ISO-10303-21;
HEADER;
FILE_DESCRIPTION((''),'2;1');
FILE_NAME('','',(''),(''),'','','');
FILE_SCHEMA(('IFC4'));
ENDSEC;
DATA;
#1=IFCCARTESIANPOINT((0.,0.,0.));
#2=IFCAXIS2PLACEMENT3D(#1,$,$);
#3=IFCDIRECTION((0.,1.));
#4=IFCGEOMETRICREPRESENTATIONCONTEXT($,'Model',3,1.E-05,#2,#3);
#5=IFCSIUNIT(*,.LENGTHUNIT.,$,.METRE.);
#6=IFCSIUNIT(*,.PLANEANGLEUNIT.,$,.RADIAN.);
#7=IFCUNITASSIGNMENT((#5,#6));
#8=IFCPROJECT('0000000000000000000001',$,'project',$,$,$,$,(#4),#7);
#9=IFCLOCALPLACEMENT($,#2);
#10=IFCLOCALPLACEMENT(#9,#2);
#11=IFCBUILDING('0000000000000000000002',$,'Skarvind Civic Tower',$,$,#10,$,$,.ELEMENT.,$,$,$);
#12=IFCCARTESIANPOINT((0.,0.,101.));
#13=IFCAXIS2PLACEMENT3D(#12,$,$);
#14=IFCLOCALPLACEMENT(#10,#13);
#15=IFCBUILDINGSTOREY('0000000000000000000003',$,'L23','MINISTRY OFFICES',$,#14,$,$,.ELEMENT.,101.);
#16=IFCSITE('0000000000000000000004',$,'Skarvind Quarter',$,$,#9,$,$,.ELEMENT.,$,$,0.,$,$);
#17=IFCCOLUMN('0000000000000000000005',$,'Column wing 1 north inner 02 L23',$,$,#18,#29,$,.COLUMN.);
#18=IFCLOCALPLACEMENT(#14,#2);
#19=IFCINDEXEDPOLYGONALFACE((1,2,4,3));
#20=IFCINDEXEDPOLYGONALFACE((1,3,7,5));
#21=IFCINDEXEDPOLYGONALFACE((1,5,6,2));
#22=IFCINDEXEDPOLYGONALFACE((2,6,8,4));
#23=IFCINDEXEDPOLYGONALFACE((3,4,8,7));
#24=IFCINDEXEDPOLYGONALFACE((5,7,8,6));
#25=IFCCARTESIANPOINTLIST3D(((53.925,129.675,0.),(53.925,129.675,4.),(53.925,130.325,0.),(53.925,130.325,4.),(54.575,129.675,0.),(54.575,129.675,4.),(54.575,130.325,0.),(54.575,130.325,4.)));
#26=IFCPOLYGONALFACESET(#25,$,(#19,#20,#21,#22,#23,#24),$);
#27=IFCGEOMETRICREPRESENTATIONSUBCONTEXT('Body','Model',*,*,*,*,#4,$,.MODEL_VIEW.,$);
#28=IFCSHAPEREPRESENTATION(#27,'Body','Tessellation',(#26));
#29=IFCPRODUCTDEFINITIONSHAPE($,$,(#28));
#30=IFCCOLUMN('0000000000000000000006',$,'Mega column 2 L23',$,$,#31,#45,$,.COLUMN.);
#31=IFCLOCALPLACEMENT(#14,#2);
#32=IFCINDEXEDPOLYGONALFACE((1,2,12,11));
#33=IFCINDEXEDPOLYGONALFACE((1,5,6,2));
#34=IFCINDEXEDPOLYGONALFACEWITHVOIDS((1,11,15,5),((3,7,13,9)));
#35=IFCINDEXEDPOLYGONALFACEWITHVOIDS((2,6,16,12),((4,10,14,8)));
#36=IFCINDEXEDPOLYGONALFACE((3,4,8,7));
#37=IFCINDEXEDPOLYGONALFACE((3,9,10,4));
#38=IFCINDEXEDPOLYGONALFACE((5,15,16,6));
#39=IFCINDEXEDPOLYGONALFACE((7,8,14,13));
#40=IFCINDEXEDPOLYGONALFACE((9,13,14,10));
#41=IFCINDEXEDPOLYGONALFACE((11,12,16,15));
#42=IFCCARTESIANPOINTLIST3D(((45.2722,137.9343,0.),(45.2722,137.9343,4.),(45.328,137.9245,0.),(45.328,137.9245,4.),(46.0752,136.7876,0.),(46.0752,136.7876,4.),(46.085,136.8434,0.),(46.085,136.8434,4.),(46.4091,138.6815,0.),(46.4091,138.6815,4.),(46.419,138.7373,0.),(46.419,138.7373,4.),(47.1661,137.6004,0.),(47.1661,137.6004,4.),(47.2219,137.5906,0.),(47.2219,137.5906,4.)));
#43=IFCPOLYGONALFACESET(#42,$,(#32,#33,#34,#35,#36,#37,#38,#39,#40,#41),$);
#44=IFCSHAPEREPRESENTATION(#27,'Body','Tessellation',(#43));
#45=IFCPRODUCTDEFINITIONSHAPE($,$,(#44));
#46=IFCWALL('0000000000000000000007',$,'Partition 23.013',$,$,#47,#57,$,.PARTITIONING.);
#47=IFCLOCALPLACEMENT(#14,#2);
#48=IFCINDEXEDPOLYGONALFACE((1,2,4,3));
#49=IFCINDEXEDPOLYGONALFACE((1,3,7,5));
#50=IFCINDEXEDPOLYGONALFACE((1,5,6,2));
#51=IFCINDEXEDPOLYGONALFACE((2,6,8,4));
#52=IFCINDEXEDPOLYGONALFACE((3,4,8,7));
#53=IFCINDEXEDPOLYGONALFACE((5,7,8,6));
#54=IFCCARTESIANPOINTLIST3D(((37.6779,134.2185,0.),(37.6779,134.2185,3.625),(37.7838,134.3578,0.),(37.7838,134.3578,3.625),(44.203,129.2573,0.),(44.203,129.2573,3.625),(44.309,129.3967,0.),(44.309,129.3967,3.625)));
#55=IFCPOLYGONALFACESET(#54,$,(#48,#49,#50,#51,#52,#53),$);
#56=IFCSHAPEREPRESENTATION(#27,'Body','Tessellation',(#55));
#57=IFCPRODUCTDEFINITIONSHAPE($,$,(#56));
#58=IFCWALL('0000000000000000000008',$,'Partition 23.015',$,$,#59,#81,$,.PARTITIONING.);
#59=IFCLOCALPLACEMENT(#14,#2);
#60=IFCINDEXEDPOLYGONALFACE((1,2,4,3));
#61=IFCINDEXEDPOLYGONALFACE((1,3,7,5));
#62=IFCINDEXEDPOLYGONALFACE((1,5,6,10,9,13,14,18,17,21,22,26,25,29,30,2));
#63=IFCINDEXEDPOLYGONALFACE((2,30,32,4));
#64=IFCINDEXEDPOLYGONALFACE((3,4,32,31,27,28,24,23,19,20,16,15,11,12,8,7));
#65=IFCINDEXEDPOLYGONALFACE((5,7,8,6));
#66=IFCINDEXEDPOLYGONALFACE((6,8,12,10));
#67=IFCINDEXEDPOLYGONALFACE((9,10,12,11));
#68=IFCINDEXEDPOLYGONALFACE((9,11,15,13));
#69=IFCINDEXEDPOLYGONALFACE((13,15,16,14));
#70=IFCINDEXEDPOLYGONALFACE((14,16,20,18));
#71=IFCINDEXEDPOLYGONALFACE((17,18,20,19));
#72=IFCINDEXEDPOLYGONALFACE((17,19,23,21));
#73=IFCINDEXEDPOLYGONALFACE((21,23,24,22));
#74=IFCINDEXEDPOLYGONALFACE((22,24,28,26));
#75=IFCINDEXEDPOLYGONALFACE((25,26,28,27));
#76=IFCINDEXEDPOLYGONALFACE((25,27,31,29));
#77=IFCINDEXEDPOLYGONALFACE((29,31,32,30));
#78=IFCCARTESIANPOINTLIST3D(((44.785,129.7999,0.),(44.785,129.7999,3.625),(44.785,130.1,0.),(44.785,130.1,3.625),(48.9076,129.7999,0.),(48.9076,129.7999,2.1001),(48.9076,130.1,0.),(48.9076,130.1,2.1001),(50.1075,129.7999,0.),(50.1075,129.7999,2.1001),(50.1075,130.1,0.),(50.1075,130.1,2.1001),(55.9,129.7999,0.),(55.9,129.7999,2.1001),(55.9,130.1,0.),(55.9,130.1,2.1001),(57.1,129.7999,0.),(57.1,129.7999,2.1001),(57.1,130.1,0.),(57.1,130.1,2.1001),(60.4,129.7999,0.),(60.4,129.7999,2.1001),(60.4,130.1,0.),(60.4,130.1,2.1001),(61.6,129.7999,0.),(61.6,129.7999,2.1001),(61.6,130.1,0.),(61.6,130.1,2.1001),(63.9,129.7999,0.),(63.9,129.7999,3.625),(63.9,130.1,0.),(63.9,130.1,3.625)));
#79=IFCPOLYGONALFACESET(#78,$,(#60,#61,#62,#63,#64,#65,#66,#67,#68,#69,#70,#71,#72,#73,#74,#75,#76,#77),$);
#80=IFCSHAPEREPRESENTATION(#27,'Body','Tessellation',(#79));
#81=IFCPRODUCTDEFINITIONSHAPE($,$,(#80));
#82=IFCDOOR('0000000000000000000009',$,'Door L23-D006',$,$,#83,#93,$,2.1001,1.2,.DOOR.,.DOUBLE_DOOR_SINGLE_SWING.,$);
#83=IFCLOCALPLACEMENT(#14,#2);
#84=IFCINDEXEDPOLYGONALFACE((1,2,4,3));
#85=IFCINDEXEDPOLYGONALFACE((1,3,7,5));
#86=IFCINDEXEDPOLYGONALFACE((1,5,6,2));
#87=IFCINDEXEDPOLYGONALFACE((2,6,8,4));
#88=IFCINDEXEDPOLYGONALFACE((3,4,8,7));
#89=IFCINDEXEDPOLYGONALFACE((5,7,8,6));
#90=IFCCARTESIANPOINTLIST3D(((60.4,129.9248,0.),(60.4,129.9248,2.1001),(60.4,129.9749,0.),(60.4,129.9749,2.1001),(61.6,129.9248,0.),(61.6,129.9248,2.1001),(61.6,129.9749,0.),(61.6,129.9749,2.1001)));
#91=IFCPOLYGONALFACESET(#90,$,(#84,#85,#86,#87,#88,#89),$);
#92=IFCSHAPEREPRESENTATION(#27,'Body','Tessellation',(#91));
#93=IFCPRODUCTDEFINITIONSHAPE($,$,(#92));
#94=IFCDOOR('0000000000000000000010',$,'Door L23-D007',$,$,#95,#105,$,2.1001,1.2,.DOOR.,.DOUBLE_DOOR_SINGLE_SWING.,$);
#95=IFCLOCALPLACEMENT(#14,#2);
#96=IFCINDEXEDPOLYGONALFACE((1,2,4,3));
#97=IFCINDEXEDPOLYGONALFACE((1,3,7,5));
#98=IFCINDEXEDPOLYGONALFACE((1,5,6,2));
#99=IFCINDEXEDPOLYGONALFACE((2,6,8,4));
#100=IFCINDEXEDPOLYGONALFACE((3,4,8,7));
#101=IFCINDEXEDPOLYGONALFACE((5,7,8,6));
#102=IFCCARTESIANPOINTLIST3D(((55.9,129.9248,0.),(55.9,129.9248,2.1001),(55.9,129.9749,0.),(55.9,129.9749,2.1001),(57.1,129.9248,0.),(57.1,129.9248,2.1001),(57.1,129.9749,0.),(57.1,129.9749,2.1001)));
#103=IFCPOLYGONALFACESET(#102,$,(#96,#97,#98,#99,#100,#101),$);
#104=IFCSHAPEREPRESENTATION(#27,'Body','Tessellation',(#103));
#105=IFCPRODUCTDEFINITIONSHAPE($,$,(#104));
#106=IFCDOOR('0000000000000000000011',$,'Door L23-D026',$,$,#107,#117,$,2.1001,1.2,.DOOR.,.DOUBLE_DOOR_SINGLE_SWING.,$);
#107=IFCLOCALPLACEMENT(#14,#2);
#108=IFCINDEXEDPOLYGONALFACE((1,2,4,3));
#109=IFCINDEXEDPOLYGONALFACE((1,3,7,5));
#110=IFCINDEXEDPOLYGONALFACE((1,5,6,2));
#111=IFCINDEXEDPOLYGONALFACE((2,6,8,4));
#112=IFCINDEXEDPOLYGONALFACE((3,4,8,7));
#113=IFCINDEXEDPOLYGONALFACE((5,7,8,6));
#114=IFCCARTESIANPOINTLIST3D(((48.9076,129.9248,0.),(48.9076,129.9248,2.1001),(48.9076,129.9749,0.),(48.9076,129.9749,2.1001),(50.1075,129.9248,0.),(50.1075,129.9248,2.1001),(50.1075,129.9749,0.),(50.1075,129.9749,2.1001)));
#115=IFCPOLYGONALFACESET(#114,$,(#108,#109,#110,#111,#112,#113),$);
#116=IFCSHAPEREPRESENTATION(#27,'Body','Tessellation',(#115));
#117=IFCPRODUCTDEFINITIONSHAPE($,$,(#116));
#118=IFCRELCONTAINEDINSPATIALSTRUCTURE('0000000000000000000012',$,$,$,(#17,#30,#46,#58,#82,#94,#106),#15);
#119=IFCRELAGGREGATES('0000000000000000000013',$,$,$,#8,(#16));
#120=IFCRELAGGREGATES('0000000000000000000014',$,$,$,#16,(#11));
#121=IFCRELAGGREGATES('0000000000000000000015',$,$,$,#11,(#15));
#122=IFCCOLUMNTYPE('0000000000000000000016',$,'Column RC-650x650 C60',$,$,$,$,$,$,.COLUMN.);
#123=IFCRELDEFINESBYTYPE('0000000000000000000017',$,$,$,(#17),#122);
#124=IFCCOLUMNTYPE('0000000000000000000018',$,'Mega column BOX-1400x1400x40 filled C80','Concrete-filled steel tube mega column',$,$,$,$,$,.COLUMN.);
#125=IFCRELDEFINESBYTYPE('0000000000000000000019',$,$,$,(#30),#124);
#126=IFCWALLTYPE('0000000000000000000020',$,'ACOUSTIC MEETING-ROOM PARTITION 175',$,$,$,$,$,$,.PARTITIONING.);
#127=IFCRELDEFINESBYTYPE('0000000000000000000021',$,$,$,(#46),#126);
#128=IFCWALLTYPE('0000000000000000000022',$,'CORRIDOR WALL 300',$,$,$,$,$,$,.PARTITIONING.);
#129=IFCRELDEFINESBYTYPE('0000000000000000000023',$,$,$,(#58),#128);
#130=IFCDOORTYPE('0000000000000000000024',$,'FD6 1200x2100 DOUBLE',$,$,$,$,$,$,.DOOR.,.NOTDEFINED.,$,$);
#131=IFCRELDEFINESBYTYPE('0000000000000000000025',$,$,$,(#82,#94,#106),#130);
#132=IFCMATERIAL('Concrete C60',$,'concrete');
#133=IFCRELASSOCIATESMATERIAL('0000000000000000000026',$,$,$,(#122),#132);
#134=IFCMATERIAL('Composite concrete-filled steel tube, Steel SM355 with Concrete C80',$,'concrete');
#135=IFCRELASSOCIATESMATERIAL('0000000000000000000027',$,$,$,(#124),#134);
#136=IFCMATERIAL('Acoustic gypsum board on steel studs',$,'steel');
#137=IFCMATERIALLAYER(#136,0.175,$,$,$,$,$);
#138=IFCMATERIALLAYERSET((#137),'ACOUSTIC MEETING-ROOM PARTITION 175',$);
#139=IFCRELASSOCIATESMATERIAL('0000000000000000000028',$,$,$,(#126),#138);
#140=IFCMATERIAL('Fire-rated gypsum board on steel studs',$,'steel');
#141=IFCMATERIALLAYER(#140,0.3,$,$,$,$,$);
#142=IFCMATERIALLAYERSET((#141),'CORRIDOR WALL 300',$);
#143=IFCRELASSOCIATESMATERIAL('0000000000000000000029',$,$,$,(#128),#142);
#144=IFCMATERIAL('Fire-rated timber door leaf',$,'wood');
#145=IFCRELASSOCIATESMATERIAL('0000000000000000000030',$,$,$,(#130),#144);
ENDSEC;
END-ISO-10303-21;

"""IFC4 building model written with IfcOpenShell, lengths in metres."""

from ifc_helpers import new_model, si_unit, direction, frame, frame_2d, origin, origin_2d, place, context, subcontext, project, spatial, rectangle, hollow_rectangle, extrude, material, layer, layer_set, material_profile, profile_set, type_object, element, fill, save


model = new_model("IFC4")

# Units and contexts
model_context = context("Model", 3, precision=1e-05, world=origin(), true_north=direction((0.0, 1.0)))
body_context = subcontext(model_context, "Body", "Model", "MODEL_VIEW")
ifc_project = project(units=[si_unit("LENGTHUNIT", "METRE"), si_unit("PLANEANGLEUNIT", "RADIAN")], contexts=[model_context])

# Site, building, storey
site_placement = place(None, origin())
site = spatial("IfcSite", under=ifc_project, at=site_placement, Name="Skarvind Quarter", CompositionType="ELEMENT", RefElevation=0.0)
building_placement = place(site_placement, origin())
building = spatial("IfcBuilding", under=site, at=building_placement, Name="Skarvind Civic Tower", CompositionType="ELEMENT")
storey_placement = place(building_placement, frame((0.0, 0.0, 101.0)))
storey = spatial("IfcBuildingStorey", under=building, at=storey_placement, Name="L23", Description="MINISTRY OFFICES", CompositionType="ELEMENT", Elevation=101.0)

# Columns
ifc_material_1 = material(Name="Concrete C60", Category="concrete")
ifc_material_profile_1 = material_profile(ifc_material_1, rectangle(XDim=0.6499, YDim=0.6499, at=origin_2d()), Name="RC-650x650")
ifc_profile_set_1 = profile_set([ifc_material_profile_1], Name="Concrete C60")
column_type_1 = type_object("IfcColumnType", Name="Column RC-650x650 C60", PredefinedType="COLUMN", material=ifc_profile_set_1)
column_1_placement = place(storey_placement, frame((54.25, 130.0, 0.0), z_axis=(0.0, 0.0, 1.0), x_axis=(1.0, 0.0, 0.0)))
element("IfcColumn", 1, at=column_1_placement, inside=storey, type_object=column_type_1, Name="Column wing 1 north inner 02 L23", PredefinedType="COLUMN", context=body_context, shape_type="SweptSolid", body=[
    extrude(rectangle(XDim=0.6499, YDim=0.6499, at=origin_2d()), origin(), (0.0, 0.0, 1.0), 4.0),
])
ifc_material_2 = material(Name="Composite concrete-filled steel tube, Steel SM355 with Concrete C80", Category="concrete")
ifc_material_profile_2 = material_profile(ifc_material_2, hollow_rectangle(XDim=1.3999, YDim=1.3999, WallThickness=0.04, at=origin_2d()), Name="BOX-1400x1400x40")
ifc_profile_set_2 = profile_set([ifc_material_profile_2], Name="Composite concrete-filled steel tube, Steel SM355 with Concrete C80")
column_type_2 = type_object("IfcColumnType", Name="Mega column BOX-1400x1400x40 filled C80", Description="Concrete-filled steel tube mega column", PredefinedType="COLUMN", material=ifc_profile_set_2)
column_2_placement = place(storey_placement, frame((46.2471, 137.7625, 0.0), z_axis=(0.0, 0.0, 1.0), x_axis=(0.573576, -0.819152, 0.0)))
element("IfcColumn", 2, at=column_2_placement, inside=storey, type_object=column_type_2, Name="Mega column 2 L23", PredefinedType="COLUMN", context=body_context, shape_type="SweptSolid", body=[
    extrude(hollow_rectangle(XDim=1.3999, YDim=1.3999, WallThickness=0.04, at=origin_2d()), origin(), (0.0, 0.0, 1.0), 4.0),
])

# Wall
ifc_material_3 = material(Name="Acoustic gypsum board on steel studs", Category="steel")
ifc_layer_1 = layer(ifc_material_3, 0.175)
ifc_layer_set_1 = layer_set([ifc_layer_1], Name="ACOUSTIC MEETING-ROOM PARTITION 175")
wall_type_1 = type_object("IfcWallType", Name="ACOUSTIC MEETING-ROOM PARTITION 175", PredefinedType="PARTITIONING", material=ifc_layer_set_1)
wall_1_placement = place(storey_placement, frame((44.2561, 129.3269, 0.0), z_axis=(0.0, 0.0, 1.0), x_axis=(-0.796041, 0.605243, 0.0)))
element("IfcWall", 3, at=wall_1_placement, inside=storey, type_object=wall_type_1, Name="Partition 23.013", PredefinedType="PARTITIONING", context=body_context, shape_type="SweptSolid", body=[
    extrude(rectangle(XDim=8.197, YDim=0.175, at=frame_2d((4.0986, 0.0))), origin(), (0.0, 0.0, 1.0), 3.625),
])

# Wall, openings, doors
ifc_material_4 = material(Name="Fire-rated gypsum board on steel studs", Category="steel")
ifc_layer_2 = layer(ifc_material_4, 0.3)
ifc_layer_set_2 = layer_set([ifc_layer_2], Name="CORRIDOR WALL 300")
wall_type_2 = type_object("IfcWallType", Name="CORRIDOR WALL 300", PredefinedType="PARTITIONING", material=ifc_layer_set_2)
wall_2_placement = place(storey_placement, frame((44.7849, 129.95, 0.0), z_axis=(0.0, 0.0, 1.0), x_axis=(1.0, 0.0, 0.0)))
wall_2 = element("IfcWall", 4, at=wall_2_placement, inside=storey, type_object=wall_type_2, Name="Partition 23.015", PredefinedType="PARTITIONING", context=body_context, shape_type="SweptSolid", body=[
    extrude(rectangle(XDim=19.115, YDim=0.3, at=frame_2d((9.5576, 0.0))), origin(), (0.0, 0.0, 1.0), 3.625),
])
opening_1_placement = place(wall_2_placement, frame((15.615, 0.0, 0.0)))
opening_1 = element("IfcOpeningElement", 5, at=opening_1_placement, cuts=wall_2, PredefinedType="OPENING", context=body_context, shape_type="SweptSolid", body=[
    extrude(rectangle(XDim=1.2, YDim=2.1001, at=frame_2d((0.6001, 1.05))), frame((0.0, 0.1599, 0.0), z_axis=(0.0, -1.0, 0.0), x_axis=(1.0, 0.0, 0.0)), (0.0, 0.0, 1.0), 0.3201),
])
opening_2_placement = place(wall_2_placement, frame((11.115, 0.0, 0.0)))
opening_2 = element("IfcOpeningElement", 6, at=opening_2_placement, cuts=wall_2, PredefinedType="OPENING", context=body_context, shape_type="SweptSolid", body=[
    extrude(rectangle(XDim=1.2, YDim=2.1001, at=frame_2d((0.6001, 1.05))), frame((0.0, 0.1599, 0.0), z_axis=(0.0, -1.0, 0.0), x_axis=(1.0, 0.0, 0.0)), (0.0, 0.0, 1.0), 0.3201),
])
opening_3_placement = place(wall_2_placement, frame((4.1226, 0.0, 0.0)))
opening_3 = element("IfcOpeningElement", 7, at=opening_3_placement, cuts=wall_2, PredefinedType="OPENING", context=body_context, shape_type="SweptSolid", body=[
    extrude(rectangle(XDim=1.2, YDim=2.1001, at=frame_2d((0.6001, 1.05))), frame((0.0, 0.1599, 0.0), z_axis=(0.0, -1.0, 0.0), x_axis=(1.0, 0.0, 0.0)), (0.0, 0.0, 1.0), 0.3201),
])
ifc_material_5 = material(Name="Fire-rated timber door leaf", Category="wood")
door_type = type_object("IfcDoorType", Name="FD6 1200x2100 DOUBLE", OperationType="NOTDEFINED", PredefinedType="DOOR", material=ifc_material_5)
door_1_placement = place(opening_1_placement, origin())
door_1 = element("IfcDoor", 8, at=door_1_placement, inside=storey, type_object=door_type, Name="Door L23-D006", OperationType="DOUBLE_DOOR_SINGLE_SWING", OverallHeight=2.1001, OverallWidth=1.2, PredefinedType="DOOR", context=body_context, shape_type="SweptSolid", body=[
    extrude(rectangle(XDim=1.2, YDim=2.1001, at=frame_2d((0.6001, 1.05))), frame((0.0, 0.0249, 0.0), z_axis=(0.0, -1.0, 0.0), x_axis=(1.0, 0.0, 0.0)), (0.0, 0.0, 1.0), 0.05),
])
fill(opening_1, door_1)
door_2_placement = place(opening_2_placement, origin())
door_2 = element("IfcDoor", 9, at=door_2_placement, inside=storey, type_object=door_type, Name="Door L23-D007", OperationType="DOUBLE_DOOR_SINGLE_SWING", OverallHeight=2.1001, OverallWidth=1.2, PredefinedType="DOOR", context=body_context, shape_type="SweptSolid", body=[
    extrude(rectangle(XDim=1.2, YDim=2.1001, at=frame_2d((0.6001, 1.05))), frame((0.0, 0.0249, 0.0), z_axis=(0.0, -1.0, 0.0), x_axis=(1.0, 0.0, 0.0)), (0.0, 0.0, 1.0), 0.05),
])
fill(opening_2, door_2)
door_3_placement = place(opening_3_placement, origin())
door_3 = element("IfcDoor", 10, at=door_3_placement, inside=storey, type_object=door_type, Name="Door L23-D026", OperationType="DOUBLE_DOOR_SINGLE_SWING", OverallHeight=2.1001, OverallWidth=1.2, PredefinedType="DOOR", context=body_context, shape_type="SweptSolid", body=[
    extrude(rectangle(XDim=1.2, YDim=2.1001, at=frame_2d((0.6001, 1.05))), frame((0.0, 0.0249, 0.0), z_axis=(0.0, -1.0, 0.0), x_axis=(1.0, 0.0, 0.0)), (0.0, 0.0, 1.0), 0.05),
])
fill(opening_3, door_3)

save(model, "model.ifc")
